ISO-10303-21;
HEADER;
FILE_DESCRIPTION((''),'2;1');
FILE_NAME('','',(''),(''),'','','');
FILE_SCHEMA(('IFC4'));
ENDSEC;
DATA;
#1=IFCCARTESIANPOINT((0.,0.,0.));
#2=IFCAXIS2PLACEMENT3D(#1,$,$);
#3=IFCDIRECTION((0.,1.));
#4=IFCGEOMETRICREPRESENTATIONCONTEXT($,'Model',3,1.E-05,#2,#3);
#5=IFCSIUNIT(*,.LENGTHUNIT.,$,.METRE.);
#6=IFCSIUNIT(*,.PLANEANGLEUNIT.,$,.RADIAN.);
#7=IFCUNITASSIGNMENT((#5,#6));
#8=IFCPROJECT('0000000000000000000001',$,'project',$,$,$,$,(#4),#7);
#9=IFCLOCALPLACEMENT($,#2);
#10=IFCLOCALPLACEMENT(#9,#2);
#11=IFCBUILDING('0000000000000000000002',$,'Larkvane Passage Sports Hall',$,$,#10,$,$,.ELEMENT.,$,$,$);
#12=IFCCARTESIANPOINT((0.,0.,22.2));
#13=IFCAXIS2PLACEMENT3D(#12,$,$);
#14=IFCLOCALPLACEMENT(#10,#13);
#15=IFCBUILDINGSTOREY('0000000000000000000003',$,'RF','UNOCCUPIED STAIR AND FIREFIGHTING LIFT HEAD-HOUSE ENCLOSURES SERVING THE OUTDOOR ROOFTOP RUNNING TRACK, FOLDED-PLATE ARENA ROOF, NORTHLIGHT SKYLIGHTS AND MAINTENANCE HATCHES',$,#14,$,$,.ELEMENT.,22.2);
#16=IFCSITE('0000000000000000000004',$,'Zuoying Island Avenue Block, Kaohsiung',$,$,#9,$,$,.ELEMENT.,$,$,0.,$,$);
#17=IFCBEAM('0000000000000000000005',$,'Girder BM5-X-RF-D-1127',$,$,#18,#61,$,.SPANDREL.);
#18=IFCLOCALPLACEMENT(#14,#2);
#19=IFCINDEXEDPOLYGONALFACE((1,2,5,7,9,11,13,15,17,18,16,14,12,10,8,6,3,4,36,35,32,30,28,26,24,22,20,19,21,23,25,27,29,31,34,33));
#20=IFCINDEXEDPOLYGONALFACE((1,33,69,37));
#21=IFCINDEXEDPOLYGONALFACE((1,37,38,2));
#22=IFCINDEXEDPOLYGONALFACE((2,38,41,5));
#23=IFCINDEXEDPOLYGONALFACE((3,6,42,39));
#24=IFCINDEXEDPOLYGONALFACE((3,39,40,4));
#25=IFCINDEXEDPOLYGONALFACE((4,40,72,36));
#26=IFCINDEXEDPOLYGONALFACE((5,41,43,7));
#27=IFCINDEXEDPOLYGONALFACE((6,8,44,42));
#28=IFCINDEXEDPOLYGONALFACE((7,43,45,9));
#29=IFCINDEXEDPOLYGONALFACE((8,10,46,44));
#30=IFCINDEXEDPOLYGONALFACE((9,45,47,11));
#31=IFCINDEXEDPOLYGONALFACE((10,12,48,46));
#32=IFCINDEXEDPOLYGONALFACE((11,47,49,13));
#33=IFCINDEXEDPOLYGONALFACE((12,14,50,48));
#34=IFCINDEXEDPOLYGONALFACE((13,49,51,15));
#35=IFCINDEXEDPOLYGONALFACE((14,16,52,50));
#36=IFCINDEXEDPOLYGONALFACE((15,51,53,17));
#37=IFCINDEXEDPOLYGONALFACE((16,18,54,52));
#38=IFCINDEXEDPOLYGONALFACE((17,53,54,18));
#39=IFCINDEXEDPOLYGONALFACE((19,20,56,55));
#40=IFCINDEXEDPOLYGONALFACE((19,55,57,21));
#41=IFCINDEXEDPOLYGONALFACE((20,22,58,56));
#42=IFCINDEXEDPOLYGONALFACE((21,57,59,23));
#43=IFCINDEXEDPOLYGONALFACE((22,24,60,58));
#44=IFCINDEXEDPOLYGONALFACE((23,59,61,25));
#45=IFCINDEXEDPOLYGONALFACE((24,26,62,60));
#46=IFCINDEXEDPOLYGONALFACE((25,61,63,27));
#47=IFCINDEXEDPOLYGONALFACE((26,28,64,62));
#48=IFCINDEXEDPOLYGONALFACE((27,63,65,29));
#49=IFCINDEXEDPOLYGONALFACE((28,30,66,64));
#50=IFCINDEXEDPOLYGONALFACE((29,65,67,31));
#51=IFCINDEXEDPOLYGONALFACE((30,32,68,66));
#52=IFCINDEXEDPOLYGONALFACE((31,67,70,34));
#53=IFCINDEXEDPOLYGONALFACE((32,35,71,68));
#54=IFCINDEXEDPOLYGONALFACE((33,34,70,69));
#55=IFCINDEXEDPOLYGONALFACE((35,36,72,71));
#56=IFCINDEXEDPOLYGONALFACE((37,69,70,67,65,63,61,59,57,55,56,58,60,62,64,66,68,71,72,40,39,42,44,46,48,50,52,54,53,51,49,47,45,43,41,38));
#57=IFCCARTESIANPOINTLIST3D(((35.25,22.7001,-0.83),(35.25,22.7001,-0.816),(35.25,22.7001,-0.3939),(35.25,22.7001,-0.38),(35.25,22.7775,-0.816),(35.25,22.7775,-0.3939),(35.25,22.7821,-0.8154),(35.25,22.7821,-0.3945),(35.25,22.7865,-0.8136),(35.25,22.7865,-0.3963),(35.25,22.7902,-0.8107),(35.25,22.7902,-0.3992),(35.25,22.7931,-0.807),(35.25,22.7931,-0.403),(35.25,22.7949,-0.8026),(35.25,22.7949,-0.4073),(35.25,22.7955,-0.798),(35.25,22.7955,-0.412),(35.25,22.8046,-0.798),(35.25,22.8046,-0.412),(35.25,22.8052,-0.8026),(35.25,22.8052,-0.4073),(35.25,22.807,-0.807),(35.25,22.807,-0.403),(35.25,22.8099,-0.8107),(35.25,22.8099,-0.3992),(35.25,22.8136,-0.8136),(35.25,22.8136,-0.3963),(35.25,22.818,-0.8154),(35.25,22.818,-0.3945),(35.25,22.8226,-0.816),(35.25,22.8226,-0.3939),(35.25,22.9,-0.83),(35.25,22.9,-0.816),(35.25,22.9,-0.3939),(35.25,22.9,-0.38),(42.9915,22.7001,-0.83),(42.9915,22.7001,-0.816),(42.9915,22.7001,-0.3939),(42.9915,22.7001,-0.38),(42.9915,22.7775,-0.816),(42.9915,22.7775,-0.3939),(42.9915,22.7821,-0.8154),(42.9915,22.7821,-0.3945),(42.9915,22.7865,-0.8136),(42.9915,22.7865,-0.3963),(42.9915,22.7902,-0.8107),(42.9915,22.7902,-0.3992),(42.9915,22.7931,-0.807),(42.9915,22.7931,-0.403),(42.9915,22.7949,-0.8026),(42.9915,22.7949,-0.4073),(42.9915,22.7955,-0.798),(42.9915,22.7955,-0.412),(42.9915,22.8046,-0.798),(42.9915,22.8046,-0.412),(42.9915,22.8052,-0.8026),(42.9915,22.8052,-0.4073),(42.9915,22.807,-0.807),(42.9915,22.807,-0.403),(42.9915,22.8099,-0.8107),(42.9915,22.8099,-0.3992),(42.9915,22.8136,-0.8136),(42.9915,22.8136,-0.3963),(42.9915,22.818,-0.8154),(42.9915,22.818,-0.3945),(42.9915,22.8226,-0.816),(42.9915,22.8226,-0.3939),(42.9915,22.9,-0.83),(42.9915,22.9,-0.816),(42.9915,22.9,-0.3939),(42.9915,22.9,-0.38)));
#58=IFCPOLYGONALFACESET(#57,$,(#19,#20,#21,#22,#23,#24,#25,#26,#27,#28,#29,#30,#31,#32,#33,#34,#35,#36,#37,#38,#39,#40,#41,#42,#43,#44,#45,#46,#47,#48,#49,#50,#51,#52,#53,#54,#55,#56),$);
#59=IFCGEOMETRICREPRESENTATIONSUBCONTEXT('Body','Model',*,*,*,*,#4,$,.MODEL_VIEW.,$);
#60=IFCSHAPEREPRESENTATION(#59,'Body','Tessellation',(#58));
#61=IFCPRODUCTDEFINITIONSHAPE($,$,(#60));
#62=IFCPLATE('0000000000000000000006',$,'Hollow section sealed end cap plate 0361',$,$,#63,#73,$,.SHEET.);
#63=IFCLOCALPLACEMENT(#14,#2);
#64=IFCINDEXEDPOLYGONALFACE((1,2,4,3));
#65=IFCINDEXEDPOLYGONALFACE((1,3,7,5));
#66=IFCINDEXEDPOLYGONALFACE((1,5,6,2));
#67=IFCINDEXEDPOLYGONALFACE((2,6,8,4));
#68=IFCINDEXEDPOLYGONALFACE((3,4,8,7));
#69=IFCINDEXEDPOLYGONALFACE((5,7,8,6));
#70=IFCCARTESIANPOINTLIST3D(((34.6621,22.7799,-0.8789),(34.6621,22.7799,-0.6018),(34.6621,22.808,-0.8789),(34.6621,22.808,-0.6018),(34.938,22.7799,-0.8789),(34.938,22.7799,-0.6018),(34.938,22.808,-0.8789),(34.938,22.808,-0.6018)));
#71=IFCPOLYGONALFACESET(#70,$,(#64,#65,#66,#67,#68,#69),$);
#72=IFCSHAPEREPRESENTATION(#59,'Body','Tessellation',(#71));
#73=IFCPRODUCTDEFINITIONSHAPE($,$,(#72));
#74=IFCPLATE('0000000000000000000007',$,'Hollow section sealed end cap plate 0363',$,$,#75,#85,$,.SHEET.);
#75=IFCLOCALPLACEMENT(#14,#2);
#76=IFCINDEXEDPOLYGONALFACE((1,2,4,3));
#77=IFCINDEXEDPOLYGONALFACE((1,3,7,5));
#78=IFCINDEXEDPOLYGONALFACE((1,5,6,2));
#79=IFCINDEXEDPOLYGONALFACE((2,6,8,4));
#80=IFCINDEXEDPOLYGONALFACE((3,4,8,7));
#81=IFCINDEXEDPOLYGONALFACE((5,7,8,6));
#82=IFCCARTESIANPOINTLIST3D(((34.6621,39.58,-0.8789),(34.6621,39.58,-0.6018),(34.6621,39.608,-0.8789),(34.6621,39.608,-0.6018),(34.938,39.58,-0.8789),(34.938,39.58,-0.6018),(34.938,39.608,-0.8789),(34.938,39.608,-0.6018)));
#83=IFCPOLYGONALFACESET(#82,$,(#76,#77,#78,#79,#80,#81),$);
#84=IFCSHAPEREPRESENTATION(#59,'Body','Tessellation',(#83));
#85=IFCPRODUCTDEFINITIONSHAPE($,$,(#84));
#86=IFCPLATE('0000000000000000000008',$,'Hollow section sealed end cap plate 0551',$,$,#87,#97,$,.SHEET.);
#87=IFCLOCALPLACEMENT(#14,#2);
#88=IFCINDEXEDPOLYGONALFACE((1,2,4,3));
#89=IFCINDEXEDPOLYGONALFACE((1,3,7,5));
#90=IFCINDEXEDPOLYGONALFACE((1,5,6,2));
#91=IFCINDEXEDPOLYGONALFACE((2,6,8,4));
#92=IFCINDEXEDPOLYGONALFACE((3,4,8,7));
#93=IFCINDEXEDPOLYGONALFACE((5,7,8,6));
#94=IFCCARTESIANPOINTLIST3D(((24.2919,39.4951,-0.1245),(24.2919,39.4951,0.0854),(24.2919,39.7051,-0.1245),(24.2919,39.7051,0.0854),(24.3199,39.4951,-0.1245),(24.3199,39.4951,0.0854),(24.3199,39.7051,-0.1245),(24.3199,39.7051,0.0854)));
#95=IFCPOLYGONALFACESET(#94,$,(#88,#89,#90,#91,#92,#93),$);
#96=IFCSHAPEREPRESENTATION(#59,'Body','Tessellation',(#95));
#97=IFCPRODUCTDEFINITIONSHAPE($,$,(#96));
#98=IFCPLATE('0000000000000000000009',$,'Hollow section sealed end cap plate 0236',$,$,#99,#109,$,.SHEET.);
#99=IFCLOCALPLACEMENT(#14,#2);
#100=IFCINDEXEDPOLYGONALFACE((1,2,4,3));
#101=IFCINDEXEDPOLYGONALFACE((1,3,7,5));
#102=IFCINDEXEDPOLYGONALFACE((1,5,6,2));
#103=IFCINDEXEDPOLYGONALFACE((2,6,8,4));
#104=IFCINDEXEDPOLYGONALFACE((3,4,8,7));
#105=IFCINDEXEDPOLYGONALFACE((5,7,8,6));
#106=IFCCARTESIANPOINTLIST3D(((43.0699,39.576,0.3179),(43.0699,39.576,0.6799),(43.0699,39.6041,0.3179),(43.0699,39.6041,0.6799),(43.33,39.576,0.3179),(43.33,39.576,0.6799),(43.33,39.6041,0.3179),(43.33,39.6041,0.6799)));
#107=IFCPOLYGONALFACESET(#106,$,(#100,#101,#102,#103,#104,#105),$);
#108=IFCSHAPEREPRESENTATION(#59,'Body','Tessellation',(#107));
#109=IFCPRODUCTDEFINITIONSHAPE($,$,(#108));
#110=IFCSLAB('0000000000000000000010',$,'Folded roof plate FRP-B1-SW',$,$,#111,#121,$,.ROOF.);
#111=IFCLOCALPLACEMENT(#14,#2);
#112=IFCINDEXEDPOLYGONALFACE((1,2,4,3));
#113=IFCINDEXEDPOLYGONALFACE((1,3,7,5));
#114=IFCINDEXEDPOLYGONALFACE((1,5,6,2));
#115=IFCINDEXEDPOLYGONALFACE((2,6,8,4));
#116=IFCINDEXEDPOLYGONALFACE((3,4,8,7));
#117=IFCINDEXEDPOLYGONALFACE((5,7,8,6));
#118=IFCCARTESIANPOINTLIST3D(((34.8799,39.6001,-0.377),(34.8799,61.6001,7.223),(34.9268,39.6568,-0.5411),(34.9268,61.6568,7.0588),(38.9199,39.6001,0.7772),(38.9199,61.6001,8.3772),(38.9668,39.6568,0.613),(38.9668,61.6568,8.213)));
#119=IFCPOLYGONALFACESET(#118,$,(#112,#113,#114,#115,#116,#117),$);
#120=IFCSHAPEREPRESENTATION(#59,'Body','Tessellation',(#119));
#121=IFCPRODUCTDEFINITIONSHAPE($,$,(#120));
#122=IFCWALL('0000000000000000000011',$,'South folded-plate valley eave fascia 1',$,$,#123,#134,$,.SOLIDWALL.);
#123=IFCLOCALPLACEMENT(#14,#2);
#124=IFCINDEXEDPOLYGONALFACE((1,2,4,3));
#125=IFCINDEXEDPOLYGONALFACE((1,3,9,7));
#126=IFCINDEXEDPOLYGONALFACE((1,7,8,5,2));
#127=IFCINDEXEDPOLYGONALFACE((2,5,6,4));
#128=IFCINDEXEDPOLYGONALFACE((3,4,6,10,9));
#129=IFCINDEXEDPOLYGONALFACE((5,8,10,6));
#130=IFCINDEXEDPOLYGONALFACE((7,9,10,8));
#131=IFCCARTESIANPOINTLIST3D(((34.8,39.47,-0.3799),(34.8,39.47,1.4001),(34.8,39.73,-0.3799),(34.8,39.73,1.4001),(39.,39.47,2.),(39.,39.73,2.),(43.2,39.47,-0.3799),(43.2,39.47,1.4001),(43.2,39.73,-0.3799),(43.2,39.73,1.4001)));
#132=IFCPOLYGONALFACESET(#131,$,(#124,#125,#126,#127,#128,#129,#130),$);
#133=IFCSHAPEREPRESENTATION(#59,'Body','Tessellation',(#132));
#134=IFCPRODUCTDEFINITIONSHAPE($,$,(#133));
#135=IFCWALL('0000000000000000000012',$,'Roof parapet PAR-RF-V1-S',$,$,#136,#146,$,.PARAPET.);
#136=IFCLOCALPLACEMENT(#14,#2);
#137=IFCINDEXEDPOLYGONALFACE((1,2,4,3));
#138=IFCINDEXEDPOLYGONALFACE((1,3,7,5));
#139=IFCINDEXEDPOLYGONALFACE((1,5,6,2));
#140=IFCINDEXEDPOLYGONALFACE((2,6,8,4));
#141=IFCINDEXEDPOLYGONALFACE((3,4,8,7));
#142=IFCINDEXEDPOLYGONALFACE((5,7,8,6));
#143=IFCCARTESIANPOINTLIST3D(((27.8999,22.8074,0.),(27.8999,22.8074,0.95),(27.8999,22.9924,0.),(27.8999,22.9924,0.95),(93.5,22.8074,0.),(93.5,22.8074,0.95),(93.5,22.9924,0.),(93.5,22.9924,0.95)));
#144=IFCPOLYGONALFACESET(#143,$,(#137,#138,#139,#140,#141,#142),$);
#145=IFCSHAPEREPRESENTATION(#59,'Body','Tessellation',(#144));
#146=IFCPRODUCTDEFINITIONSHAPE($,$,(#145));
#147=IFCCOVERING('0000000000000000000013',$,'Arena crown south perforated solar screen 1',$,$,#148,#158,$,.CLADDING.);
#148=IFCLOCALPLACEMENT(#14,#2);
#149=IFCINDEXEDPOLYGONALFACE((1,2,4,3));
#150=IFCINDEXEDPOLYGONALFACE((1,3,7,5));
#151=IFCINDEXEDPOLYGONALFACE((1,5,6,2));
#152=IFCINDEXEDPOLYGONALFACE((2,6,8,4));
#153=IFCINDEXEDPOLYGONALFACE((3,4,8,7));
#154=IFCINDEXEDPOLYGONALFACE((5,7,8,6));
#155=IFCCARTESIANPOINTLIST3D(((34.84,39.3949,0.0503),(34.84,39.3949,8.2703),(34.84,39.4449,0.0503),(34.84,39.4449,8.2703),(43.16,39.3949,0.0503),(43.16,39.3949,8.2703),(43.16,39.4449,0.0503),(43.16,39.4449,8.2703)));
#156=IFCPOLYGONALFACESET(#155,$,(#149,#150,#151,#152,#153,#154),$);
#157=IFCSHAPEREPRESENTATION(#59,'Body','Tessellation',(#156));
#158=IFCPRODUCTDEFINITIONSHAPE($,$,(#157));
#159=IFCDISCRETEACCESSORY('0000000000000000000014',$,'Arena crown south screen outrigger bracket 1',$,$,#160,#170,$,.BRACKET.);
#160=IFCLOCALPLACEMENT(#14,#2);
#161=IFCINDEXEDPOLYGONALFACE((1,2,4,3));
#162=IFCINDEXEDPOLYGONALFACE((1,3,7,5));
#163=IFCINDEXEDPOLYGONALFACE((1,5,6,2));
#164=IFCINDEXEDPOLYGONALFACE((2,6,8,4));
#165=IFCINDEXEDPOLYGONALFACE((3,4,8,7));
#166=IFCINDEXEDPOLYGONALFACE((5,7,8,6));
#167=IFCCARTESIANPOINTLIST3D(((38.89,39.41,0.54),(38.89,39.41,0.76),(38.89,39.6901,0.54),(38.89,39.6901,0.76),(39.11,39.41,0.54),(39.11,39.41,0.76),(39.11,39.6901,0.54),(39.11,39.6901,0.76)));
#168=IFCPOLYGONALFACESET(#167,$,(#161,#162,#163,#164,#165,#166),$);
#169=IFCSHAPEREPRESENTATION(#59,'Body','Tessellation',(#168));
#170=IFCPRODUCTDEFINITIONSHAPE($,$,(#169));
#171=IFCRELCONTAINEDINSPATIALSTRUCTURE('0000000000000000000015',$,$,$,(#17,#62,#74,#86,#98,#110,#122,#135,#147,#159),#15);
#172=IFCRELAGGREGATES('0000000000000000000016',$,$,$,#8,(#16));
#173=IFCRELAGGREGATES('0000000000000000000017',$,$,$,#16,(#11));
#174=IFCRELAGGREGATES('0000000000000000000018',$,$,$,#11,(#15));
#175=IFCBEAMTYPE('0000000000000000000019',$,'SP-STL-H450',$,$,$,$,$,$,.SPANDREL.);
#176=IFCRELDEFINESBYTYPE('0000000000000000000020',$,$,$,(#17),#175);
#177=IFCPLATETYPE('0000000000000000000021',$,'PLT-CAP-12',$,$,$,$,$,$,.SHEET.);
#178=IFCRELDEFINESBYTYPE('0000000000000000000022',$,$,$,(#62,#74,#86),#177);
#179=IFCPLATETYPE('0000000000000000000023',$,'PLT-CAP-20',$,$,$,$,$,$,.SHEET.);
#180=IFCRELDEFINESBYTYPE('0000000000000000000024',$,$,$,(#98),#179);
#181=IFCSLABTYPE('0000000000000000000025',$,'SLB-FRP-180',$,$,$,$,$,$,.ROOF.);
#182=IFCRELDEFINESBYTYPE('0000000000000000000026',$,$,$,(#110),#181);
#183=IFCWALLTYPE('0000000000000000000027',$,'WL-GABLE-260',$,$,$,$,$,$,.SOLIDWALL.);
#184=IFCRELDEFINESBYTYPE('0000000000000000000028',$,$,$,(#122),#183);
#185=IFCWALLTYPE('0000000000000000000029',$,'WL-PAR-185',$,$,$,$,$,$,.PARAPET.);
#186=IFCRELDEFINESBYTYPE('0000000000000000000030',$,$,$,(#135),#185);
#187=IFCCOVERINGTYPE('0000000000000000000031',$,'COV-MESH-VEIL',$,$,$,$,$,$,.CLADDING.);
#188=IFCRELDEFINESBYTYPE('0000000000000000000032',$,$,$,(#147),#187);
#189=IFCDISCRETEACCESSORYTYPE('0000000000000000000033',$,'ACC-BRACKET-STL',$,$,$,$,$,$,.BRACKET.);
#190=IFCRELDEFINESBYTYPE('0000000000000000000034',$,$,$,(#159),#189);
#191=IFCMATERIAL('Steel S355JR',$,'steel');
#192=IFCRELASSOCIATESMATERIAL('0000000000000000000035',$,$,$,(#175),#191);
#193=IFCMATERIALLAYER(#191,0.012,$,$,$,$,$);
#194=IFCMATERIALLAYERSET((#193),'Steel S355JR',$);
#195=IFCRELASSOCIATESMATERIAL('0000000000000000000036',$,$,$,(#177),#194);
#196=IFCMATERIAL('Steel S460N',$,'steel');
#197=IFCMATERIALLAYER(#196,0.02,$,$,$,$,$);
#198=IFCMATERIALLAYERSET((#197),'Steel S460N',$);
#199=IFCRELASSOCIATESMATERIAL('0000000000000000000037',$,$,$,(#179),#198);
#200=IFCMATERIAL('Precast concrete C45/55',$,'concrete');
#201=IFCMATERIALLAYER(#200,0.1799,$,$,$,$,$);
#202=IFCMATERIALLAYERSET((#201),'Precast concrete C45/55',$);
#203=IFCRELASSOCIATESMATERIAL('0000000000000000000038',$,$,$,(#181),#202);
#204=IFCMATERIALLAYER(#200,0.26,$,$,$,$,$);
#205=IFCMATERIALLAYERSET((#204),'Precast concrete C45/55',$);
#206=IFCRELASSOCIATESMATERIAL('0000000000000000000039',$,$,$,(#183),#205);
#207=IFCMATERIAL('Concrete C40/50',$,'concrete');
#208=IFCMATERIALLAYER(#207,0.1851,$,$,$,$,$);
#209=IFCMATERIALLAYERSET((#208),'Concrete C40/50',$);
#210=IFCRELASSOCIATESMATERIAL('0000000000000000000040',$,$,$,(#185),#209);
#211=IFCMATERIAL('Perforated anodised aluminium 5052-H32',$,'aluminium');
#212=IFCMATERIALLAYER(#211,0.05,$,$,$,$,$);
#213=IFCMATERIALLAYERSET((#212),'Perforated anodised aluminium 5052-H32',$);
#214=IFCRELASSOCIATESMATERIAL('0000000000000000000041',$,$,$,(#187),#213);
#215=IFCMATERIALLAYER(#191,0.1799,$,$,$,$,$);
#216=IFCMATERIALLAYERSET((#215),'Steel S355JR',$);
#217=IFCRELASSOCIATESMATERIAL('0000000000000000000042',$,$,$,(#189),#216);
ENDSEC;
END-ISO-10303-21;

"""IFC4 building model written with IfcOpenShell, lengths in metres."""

from ifc_helpers import new_model, si_unit, direction, frame, frame_2d, origin, origin_2d, place, context, subcontext, project, spatial, polyline, rectangle, i_section, outline, extrude, material, layer, layer_set, material_profile, profile_set, type_object, element, save


model = new_model("IFC4")

# Units and contexts
model_context = context("Model", 3, precision=1e-05, world=origin(), true_north=direction((0.0, 1.0)))
body_context = subcontext(model_context, "Body", "Model", "MODEL_VIEW")
ifc_project = project(units=[si_unit("LENGTHUNIT", "METRE"), si_unit("PLANEANGLEUNIT", "RADIAN")], contexts=[model_context])

# Site, building, storey
site_placement = place(None, origin())
site = spatial("IfcSite", under=ifc_project, at=site_placement, Name="Zuoying Island Avenue Block, Kaohsiung", CompositionType="ELEMENT", RefElevation=0.0)
building_placement = place(site_placement, origin())
building = spatial("IfcBuilding", under=site, at=building_placement, Name="Larkvane Passage Sports Hall", CompositionType="ELEMENT")
storey_placement = place(building_placement, frame((0.0, 0.0, 22.2)))
storey = spatial("IfcBuildingStorey", under=building, at=storey_placement, Name="RF", Description="UNOCCUPIED STAIR AND FIREFIGHTING LIFT HEAD-HOUSE ENCLOSURES SERVING THE OUTDOOR ROOFTOP RUNNING TRACK, FOLDED-PLATE ARENA ROOF, NORTHLIGHT SKYLIGHTS AND MAINTENANCE HATCHES", CompositionType="ELEMENT", Elevation=22.2)

# Shared definitions
ifc_material_1 = material(Name="Steel S355JR", Category="steel")

# Shared definitions
ifc_material_2 = material(Name="Steel S460N", Category="steel")

# Beam
ifc_material_profile_1 = material_profile(ifc_material_1, i_section(OverallWidth=0.2, OverallDepth=0.45, WebThickness=0.009, FlangeThickness=0.0139, FilletRadius=0.0181, at=origin_2d()), Name="H-450x200x9x14")
ifc_profile_set_1 = profile_set([ifc_material_profile_1], Name="Steel S355JR")
beam_type_1 = type_object("IfcBeamType", Name="SP-STL-H450", PredefinedType="SPANDREL", material=ifc_profile_set_1)
beam_1_placement = place(storey_placement, frame((35.25, 22.8, -0.605), z_axis=(1.0, 0.0, 0.0), x_axis=(0.0, 1.0, 0.0)))
element("IfcBeam", 1, at=beam_1_placement, inside=storey, type_object=beam_type_1, Name="Girder BM5-X-RF-D-1127", PredefinedType="SPANDREL", context=body_context, shape_type="SweptSolid", body=[
    extrude(i_section(OverallWidth=0.2, OverallDepth=0.45, WebThickness=0.009, FlangeThickness=0.0139, FilletRadius=0.0181, at=origin_2d()), origin(), (0.0, 0.0, 1.0), 7.7415),
])

# Plates
ifc_layer_1 = layer(ifc_material_1, 0.012)
ifc_layer_set_1 = layer_set([ifc_layer_1], Name="Steel S355JR")
plate_type_1 = type_object("IfcPlateType", Name="PLT-CAP-12", PredefinedType="SHEET", material=ifc_layer_set_1)
for number, where, z_axis, x_axis, name in (
    (2, (34.8, 22.7939, -0.8789), (0.0, 0.0, 1.0), (-1.0, 0.0, 0.0), "Hollow section sealed end cap plate 0361"),
    (3, (34.8, 39.594, -0.8789), (0.0, 0.0, 1.0), (-1.0, 0.0, 0.0), "Hollow section sealed end cap plate 0363"),
):
    element("IfcPlate", number, at=place(storey_placement, frame(where, z_axis=z_axis, x_axis=x_axis)), inside=storey, type_object=plate_type_1, Name=name, PredefinedType="SHEET", context=body_context, shape_type="SweptSolid", body=[
        extrude(rectangle(XDim=0.2759, YDim=0.0281, at=origin_2d()), origin(), (0.0, 0.0, 1.0), 0.2771),
    ])
plate_1_placement = place(storey_placement, frame((24.3059, 39.6001, -0.1245), z_axis=(0.0, 0.0, 1.0), x_axis=(0.0, 1.0, 0.0)))
element("IfcPlate", 4, at=plate_1_placement, inside=storey, type_object=plate_type_1, Name="Hollow section sealed end cap plate 0551", PredefinedType="SHEET", context=body_context, shape_type="SweptSolid", body=[
    extrude(rectangle(XDim=0.21, YDim=0.0281, at=origin_2d()), origin(), (0.0, 0.0, 1.0), 0.21),
])
ifc_layer_2 = layer(ifc_material_2, 0.02)
ifc_layer_set_2 = layer_set([ifc_layer_2], Name="Steel S460N")
plate_type_2 = type_object("IfcPlateType", Name="PLT-CAP-20", PredefinedType="SHEET", material=ifc_layer_set_2)
plate_2_placement = place(storey_placement, frame((43.2, 39.5901, 0.3179), z_axis=(0.0, 0.0, 1.0), x_axis=(-1.0, 0.0, 0.0)))
element("IfcPlate", 5, at=plate_2_placement, inside=storey, type_object=plate_type_2, Name="Hollow section sealed end cap plate 0236", PredefinedType="SHEET", context=body_context, shape_type="SweptSolid", body=[
    extrude(rectangle(XDim=0.26, YDim=0.0281, at=origin_2d()), origin(), (0.0, 0.0, 1.0), 0.3621),
])

# Slab
ifc_material_3 = material(Name="Precast concrete C45/55", Category="concrete")
ifc_layer_3 = layer(ifc_material_3, 0.1799)
ifc_layer_set_3 = layer_set([ifc_layer_3], Name="Precast concrete C45/55")
slab_type = type_object("IfcSlabType", Name="SLB-FRP-180", PredefinedType="ROOF", material=ifc_layer_set_3)
slab_placement = place(storey_placement, frame((34.8799, 39.6001, -0.377), z_axis=(-0.260689, -0.315229, 0.912508), x_axis=(0.961532, -0.000008, 0.274692)))
element("IfcSlab", 6, at=slab_placement, inside=storey, type_object=slab_type, Name="Folded roof plate FRP-B1-SW", PredefinedType="ROOF", context=body_context, shape_type="SweptSolid", body=[
    extrude(outline(polyline([(0.0, 0.0), (4.2016, 0.0), (6.2891, 23.182), (2.0874, 23.1819), (0.0, 0.0)])), origin(), (0.0, 0.0, -1.0), 0.1799),
])

# Walls
ifc_layer_4 = layer(ifc_material_3, 0.26)
ifc_layer_set_4 = layer_set([ifc_layer_4], Name="Precast concrete C45/55")
wall_type_1 = type_object("IfcWallType", Name="WL-GABLE-260", PredefinedType="SOLIDWALL", material=ifc_layer_set_4)
wall_1_placement = place(storey_placement, frame((34.8, 39.6001, -0.3799), z_axis=(0.0, 0.0, 1.0), x_axis=(1.0, 0.0, 0.0)))
element("IfcWall", 7, at=wall_1_placement, inside=storey, type_object=wall_type_1, Name="South folded-plate valley eave fascia 1", PredefinedType="SOLIDWALL", context=body_context, shape_type="SweptSolid", body=[
    extrude(outline(polyline([(0.0, 0.0), (8.3999, 0.0), (8.3999, 1.78), (4.2, 2.3799), (0.0, 1.78), (0.0, 0.0)])), frame((0.0, 0.1299, 0.0), z_axis=(0.0, -1.0, 0.0), x_axis=(1.0, 0.0, 0.0)), (0.0, 0.0, 1.0), 0.26),
])
ifc_material_4 = material(Name="Concrete C40/50", Category="concrete")
ifc_layer_5 = layer(ifc_material_4, 0.1851)
ifc_layer_set_5 = layer_set([ifc_layer_5], Name="Concrete C40/50")
wall_type_2 = type_object("IfcWallType", Name="WL-PAR-185", PredefinedType="PARAPET", material=ifc_layer_set_5)
wall_2_placement = place(storey_placement, frame((27.8999, 22.8999, 0.0), z_axis=(0.0, 0.0, 1.0), x_axis=(1.0, 0.0, 0.0)))
element("IfcWall", 8, at=wall_2_placement, inside=storey, type_object=wall_type_2, Name="Roof parapet PAR-RF-V1-S", PredefinedType="PARAPET", context=body_context, shape_type="SweptSolid", body=[
    extrude(rectangle(XDim=65.6001, YDim=0.1851, at=frame_2d((32.8, 0.0))), origin(), (0.0, 0.0, 1.0), 0.95),
])

# Covering
ifc_material_5 = material(Name="Perforated anodised aluminium 5052-H32", Category="aluminium")
ifc_layer_6 = layer(ifc_material_5, 0.05)
ifc_layer_set_6 = layer_set([ifc_layer_6], Name="Perforated anodised aluminium 5052-H32")
covering_type = type_object("IfcCoveringType", Name="COV-MESH-VEIL", PredefinedType="CLADDING", material=ifc_layer_set_6)
covering_placement = place(storey_placement, frame((39.0, 39.4199, 0.0503), z_axis=(0.0, 0.0, 1.0), x_axis=(1.0, 0.0, 0.0)))
element("IfcCovering", 9, at=covering_placement, inside=storey, type_object=covering_type, Name="Arena crown south perforated solar screen 1", PredefinedType="CLADDING", context=body_context, shape_type="SweptSolid", body=[
    extrude(rectangle(XDim=8.3201, YDim=0.05, at=origin_2d()), origin(), (0.0, 0.0, 1.0), 8.22),
])

# Discrete accessory
ifc_layer_7 = layer(ifc_material_1, 0.1799)
ifc_layer_set_7 = layer_set([ifc_layer_7], Name="Steel S355JR")
discrete_accessory_type = type_object("IfcDiscreteAccessoryType", Name="ACC-BRACKET-STL", PredefinedType="BRACKET", material=ifc_layer_set_7)
discrete_accessory_placement = place(storey_placement, frame((39.0, 39.55, 0.54), z_axis=(0.0, 0.0, 1.0), x_axis=(1.0, 0.0, 0.0)))
element("IfcDiscreteAccessory", 10, at=discrete_accessory_placement, inside=storey, type_object=discrete_accessory_type, Name="Arena crown south screen outrigger bracket 1", PredefinedType="BRACKET", context=body_context, shape_type="SweptSolid", body=[
    extrude(rectangle(XDim=0.22, YDim=0.28, at=origin_2d()), origin(), (0.0, 0.0, 1.0), 0.22),
])

save(model, "model.ifc")
